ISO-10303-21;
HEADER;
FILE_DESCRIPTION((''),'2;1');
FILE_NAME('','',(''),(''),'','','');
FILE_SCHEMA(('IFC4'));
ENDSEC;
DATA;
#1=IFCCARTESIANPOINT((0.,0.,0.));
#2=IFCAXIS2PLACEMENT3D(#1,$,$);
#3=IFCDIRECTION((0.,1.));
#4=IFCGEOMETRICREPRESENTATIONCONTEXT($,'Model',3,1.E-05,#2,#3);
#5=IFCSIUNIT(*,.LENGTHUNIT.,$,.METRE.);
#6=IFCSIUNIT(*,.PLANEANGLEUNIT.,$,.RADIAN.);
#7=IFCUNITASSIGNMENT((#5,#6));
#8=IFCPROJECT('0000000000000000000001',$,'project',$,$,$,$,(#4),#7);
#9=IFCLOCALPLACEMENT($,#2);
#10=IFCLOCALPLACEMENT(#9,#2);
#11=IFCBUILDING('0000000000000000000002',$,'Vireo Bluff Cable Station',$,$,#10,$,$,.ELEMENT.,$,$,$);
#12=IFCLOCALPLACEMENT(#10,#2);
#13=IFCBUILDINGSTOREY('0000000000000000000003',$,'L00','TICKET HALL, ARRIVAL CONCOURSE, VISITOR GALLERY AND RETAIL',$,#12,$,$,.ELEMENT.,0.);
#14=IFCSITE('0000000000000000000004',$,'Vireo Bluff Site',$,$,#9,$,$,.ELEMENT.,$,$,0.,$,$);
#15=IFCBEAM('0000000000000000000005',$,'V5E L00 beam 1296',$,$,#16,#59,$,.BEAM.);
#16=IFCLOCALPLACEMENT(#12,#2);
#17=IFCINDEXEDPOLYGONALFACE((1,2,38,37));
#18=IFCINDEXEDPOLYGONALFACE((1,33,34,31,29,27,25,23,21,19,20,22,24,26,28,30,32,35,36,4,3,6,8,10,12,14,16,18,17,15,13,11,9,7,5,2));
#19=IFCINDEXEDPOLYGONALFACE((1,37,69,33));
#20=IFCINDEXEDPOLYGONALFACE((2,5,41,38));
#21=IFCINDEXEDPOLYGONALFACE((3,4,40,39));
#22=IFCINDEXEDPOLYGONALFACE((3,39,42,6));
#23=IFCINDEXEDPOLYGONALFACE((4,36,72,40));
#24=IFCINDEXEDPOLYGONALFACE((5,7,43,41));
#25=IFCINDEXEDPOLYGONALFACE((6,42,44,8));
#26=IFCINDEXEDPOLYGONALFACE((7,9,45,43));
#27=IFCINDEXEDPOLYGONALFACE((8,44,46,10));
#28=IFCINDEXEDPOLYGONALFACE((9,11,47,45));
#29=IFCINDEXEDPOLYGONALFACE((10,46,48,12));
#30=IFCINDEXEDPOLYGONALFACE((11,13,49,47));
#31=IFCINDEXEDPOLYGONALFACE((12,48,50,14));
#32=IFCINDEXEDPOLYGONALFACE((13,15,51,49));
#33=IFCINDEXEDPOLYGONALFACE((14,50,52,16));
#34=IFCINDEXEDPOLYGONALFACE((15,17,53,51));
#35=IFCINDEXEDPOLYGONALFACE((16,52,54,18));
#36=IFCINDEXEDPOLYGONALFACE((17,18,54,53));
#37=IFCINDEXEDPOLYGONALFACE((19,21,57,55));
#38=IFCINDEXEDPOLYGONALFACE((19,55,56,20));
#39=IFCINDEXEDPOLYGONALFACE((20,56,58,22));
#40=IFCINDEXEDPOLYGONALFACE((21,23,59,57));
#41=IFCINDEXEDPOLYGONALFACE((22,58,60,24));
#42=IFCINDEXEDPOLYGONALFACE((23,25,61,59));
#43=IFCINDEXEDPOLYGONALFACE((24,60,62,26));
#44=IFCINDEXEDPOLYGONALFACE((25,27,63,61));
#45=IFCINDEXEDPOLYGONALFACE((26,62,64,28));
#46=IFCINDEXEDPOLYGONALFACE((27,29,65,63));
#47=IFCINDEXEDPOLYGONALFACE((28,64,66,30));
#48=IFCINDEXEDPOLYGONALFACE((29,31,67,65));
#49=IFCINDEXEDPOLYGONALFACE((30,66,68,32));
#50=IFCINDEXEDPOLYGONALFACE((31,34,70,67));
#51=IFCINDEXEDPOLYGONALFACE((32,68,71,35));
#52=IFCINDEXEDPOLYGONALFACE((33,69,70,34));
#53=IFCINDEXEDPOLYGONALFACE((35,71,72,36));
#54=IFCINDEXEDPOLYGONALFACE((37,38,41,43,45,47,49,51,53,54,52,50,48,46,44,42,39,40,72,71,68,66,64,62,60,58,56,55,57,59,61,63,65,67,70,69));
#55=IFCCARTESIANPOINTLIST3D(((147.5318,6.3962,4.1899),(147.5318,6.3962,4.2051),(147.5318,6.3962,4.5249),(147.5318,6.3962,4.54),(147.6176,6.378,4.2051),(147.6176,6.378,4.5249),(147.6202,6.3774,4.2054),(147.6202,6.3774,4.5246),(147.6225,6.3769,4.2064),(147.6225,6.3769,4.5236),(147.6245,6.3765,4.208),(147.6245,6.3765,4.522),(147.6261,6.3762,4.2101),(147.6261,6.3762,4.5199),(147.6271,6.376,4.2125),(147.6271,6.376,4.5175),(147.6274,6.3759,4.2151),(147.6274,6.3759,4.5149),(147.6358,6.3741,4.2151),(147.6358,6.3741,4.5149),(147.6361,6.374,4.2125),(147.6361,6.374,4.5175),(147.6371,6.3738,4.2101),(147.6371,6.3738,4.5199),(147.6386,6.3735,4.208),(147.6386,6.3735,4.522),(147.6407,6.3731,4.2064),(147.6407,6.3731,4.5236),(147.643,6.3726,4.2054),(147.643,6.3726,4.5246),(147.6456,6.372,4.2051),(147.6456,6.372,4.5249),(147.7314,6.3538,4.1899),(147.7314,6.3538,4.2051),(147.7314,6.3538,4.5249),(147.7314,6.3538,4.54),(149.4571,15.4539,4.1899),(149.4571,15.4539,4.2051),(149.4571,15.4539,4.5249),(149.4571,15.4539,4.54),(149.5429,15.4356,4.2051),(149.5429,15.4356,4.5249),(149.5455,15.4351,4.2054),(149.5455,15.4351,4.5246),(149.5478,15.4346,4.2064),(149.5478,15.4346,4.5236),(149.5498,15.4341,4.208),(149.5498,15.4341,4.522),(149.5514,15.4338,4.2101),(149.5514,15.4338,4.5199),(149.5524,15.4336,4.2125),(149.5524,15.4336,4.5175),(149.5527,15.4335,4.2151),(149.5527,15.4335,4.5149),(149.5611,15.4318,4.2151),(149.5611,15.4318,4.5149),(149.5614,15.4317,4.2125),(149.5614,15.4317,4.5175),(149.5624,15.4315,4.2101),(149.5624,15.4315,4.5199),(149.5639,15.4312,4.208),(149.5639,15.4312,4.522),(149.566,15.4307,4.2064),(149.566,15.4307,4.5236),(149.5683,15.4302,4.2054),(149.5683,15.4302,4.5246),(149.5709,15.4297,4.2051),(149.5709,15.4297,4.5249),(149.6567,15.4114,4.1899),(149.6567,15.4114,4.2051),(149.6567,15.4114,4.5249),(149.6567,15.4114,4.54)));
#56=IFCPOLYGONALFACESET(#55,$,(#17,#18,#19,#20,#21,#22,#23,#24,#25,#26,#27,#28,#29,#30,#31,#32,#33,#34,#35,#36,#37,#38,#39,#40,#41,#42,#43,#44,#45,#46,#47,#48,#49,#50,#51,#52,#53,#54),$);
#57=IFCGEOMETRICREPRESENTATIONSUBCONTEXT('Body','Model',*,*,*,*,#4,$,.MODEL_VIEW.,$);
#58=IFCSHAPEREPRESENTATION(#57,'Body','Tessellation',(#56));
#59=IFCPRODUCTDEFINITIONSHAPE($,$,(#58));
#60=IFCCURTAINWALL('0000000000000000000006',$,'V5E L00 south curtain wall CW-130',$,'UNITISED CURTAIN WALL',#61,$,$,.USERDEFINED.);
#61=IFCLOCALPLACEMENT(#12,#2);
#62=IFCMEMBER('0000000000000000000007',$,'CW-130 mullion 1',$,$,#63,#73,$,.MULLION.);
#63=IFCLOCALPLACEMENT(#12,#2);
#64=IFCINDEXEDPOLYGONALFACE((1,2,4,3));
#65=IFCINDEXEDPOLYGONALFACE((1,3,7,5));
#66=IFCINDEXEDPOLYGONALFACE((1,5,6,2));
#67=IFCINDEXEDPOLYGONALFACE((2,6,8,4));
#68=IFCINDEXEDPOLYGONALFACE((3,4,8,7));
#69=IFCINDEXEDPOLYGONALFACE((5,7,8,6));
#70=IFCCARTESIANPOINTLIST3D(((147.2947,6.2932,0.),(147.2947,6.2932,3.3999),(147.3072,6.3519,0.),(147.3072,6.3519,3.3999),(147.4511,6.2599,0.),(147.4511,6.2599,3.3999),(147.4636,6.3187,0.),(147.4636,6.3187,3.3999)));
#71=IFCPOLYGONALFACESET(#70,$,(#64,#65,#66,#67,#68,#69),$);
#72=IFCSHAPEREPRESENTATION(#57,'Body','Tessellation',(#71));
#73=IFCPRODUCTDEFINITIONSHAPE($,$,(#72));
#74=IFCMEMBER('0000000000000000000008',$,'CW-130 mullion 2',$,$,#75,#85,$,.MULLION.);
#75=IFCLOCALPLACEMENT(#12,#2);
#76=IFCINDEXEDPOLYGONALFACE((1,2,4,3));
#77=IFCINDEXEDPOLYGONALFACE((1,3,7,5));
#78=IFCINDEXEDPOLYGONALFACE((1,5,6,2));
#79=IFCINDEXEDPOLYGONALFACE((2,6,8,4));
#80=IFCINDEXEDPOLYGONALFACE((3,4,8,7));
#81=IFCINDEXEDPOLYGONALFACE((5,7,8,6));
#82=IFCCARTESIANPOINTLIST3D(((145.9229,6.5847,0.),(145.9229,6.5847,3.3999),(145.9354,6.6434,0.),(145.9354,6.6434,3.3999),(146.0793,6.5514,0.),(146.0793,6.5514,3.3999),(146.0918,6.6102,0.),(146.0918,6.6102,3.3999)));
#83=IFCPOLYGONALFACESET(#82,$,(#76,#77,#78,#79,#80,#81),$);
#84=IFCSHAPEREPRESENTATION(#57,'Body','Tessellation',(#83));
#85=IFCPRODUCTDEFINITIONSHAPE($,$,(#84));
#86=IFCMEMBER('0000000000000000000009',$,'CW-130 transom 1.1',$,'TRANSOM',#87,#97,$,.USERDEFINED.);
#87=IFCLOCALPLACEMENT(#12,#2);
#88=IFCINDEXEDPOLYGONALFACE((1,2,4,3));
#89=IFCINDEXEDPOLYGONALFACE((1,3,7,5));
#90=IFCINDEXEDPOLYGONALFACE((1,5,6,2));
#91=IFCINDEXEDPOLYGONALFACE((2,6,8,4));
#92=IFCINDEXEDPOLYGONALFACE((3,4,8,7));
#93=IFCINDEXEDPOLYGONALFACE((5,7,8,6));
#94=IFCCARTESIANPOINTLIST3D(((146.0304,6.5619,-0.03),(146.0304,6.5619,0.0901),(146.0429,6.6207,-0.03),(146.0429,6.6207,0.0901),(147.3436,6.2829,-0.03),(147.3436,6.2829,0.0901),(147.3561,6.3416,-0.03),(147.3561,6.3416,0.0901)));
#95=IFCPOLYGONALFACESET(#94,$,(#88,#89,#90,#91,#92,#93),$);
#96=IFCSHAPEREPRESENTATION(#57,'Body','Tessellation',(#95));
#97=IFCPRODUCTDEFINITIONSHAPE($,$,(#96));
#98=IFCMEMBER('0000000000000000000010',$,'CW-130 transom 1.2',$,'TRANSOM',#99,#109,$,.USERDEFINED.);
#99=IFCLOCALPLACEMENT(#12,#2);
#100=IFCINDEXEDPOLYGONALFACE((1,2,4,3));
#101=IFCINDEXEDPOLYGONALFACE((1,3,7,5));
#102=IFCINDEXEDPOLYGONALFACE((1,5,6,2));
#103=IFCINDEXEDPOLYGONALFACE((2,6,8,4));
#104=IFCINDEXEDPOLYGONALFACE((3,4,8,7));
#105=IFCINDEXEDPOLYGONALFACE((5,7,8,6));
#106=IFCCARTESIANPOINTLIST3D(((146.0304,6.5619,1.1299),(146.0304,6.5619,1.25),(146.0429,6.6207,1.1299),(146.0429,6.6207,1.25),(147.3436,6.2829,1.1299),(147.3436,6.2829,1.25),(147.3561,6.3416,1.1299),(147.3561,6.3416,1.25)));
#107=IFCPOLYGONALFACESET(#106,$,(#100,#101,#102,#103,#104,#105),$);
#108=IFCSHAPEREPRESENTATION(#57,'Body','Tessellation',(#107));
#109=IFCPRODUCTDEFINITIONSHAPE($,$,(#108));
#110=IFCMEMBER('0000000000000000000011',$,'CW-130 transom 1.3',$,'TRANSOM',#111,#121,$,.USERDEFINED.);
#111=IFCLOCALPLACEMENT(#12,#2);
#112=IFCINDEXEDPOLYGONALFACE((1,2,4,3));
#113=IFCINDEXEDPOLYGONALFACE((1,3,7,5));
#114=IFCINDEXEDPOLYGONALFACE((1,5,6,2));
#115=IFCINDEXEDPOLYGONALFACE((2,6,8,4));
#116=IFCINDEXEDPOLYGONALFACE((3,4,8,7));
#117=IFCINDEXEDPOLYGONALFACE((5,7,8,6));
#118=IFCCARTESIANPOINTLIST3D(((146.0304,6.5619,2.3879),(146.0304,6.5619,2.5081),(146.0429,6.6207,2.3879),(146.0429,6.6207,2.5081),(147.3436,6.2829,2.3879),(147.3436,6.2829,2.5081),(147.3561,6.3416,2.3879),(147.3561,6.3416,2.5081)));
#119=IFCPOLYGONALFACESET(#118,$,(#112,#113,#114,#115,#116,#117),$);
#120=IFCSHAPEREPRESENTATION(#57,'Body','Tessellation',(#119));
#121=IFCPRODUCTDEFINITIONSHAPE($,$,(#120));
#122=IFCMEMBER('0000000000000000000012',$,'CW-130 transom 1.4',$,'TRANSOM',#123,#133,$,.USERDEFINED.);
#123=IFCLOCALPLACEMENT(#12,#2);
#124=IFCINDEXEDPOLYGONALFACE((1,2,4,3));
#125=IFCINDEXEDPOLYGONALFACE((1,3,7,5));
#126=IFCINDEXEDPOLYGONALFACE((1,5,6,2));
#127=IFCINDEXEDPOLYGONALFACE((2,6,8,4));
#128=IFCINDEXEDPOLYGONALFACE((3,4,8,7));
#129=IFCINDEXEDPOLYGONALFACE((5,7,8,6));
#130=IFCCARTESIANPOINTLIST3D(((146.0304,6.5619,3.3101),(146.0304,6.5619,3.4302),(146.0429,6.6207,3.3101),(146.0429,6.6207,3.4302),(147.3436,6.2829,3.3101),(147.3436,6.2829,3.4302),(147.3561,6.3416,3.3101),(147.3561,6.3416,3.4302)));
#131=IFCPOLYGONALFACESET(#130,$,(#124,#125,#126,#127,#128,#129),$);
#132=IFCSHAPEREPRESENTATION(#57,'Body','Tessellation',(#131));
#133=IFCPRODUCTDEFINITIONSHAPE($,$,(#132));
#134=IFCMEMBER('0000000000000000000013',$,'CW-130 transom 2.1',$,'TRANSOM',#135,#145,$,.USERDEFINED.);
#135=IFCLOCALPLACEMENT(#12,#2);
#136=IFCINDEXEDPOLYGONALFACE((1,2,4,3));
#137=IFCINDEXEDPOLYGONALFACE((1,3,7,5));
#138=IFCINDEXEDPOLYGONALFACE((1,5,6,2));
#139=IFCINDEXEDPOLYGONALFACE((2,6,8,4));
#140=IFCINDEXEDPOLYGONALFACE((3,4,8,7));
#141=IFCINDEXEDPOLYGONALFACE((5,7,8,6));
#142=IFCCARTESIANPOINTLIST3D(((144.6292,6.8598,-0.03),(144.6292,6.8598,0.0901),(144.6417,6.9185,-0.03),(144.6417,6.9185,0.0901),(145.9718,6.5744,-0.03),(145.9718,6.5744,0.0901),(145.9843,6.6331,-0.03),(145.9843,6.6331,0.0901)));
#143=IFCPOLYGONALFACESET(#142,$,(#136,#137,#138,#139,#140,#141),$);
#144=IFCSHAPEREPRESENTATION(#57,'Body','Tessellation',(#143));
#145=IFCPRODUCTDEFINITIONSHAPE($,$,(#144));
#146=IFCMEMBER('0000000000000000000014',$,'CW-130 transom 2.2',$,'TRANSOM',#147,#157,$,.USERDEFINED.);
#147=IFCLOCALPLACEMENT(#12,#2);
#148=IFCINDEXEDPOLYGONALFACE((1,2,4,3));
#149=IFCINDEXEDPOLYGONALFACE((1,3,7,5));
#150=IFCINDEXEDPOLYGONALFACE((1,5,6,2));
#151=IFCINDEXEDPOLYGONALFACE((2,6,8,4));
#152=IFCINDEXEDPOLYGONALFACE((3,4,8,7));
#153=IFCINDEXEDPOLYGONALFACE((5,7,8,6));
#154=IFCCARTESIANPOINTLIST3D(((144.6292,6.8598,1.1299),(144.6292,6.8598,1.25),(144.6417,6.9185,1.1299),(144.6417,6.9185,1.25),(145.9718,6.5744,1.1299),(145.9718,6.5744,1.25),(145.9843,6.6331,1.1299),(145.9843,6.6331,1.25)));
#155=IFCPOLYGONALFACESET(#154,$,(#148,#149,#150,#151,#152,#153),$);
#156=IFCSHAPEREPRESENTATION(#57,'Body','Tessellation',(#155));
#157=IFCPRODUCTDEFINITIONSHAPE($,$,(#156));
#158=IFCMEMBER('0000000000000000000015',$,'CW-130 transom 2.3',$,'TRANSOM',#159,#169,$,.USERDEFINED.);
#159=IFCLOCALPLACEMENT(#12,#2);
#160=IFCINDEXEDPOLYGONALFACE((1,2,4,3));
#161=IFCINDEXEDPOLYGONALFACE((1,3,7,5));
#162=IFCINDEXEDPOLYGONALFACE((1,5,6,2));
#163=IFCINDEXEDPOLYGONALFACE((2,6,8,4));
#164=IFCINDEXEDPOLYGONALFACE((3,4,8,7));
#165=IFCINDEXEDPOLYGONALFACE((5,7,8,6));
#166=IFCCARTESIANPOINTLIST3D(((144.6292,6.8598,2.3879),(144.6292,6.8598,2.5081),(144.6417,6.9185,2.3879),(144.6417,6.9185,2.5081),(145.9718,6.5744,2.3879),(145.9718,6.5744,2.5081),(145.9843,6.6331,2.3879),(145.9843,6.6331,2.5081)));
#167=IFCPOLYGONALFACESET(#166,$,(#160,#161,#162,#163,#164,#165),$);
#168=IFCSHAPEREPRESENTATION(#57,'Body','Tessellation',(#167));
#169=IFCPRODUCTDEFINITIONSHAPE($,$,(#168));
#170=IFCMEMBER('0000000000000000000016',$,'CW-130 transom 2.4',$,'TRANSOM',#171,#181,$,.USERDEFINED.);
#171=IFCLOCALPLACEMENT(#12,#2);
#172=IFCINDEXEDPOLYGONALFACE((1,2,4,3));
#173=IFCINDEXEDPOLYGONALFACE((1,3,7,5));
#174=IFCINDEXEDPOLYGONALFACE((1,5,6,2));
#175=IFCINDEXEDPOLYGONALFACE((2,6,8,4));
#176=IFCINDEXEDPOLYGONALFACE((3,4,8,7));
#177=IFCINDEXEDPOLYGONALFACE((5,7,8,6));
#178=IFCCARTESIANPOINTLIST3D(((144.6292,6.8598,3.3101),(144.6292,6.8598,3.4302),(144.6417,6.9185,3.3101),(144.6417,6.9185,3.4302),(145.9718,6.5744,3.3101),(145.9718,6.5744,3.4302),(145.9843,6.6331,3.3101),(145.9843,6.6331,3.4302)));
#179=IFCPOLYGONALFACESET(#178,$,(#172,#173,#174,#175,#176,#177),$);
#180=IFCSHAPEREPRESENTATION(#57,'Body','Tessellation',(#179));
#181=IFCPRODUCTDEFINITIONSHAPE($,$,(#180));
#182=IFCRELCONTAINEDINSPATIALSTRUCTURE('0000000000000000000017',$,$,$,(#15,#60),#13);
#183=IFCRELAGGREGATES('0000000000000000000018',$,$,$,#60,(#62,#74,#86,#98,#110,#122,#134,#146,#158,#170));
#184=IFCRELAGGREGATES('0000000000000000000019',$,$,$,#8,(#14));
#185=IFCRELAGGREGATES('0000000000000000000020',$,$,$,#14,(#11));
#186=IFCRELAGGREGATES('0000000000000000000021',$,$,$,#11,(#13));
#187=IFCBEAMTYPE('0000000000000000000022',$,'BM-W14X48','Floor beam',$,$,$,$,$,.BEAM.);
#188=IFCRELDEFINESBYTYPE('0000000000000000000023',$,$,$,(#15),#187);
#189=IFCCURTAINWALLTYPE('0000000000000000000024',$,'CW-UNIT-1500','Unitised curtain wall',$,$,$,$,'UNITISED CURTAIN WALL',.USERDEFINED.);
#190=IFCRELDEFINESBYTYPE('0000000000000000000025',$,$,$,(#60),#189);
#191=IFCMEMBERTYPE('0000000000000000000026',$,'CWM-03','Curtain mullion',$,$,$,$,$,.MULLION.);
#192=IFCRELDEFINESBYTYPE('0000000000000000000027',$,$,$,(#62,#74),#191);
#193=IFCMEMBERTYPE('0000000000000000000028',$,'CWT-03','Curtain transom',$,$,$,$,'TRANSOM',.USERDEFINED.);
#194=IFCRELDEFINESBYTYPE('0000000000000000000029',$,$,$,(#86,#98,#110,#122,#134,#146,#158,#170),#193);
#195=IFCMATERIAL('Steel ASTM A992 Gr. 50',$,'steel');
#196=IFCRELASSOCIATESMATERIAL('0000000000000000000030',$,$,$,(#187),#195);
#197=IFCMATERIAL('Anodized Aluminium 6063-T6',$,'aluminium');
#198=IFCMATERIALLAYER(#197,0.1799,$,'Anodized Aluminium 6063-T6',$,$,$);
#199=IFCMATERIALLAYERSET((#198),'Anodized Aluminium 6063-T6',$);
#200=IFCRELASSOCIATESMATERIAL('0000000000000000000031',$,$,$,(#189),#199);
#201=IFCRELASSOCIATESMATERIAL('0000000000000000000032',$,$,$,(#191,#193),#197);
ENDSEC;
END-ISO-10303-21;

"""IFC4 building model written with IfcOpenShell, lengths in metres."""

from ifc_helpers import new_model, si_unit, direction, frame, origin, origin_2d, place, context, subcontext, project, spatial, rectangle, i_section, extrude, material, layer, layer_set, material_profile, profile_set, type_object, element, aggregate, save


model = new_model("IFC4")

# Units and contexts
model_context = context("Model", 3, precision=1e-05, world=origin(), true_north=direction((0.0, 1.0)))
body_context = subcontext(model_context, "Body", "Model", "MODEL_VIEW")
ifc_project = project(units=[si_unit("LENGTHUNIT", "METRE"), si_unit("PLANEANGLEUNIT", "RADIAN")], contexts=[model_context])

# Site, building, storey
site_placement = place(None, origin())
site = spatial("IfcSite", under=ifc_project, at=site_placement, Name="Vireo Bluff Site", CompositionType="ELEMENT", RefElevation=0.0)
building_placement = place(site_placement, origin())
building = spatial("IfcBuilding", under=site, at=building_placement, Name="Vireo Bluff Cable Station", CompositionType="ELEMENT")
storey_placement = place(building_placement, origin())
storey = spatial("IfcBuildingStorey", under=building, at=storey_placement, Name="L00", Description="TICKET HALL, ARRIVAL CONCOURSE, VISITOR GALLERY AND RETAIL", CompositionType="ELEMENT", Elevation=0.0)

# Shared definitions
ifc_material_1 = material(Name="Steel ASTM A992 Gr. 50", Category="steel")

# Beam
ifc_material_profile_1 = material_profile(ifc_material_1, i_section(OverallWidth=0.2041, OverallDepth=0.3501, WebThickness=0.0085, FlangeThickness=0.0151, FilletRadius=0.01, at=origin_2d()), Name="W14X48")
ifc_profile_set_1 = profile_set([ifc_material_profile_1], Name="Steel ASTM A992 Gr. 50")
beam_type_1 = type_object("IfcBeamType", Name="BM-W14X48", Description="Floor beam", PredefinedType="BEAM", material=ifc_profile_set_1)
beam_1_placement = place(storey_placement, frame((147.6316, 6.375, 4.365), z_axis=(0.207916, 0.978147, 0.0), x_axis=(-0.978147, 0.207916, 0.0)))
element("IfcBeam", 1, at=beam_1_placement, inside=storey, type_object=beam_type_1, Name="V5E L00 beam 1296", PredefinedType="BEAM", context=body_context, shape_type="SweptSolid", body=[
    extrude(i_section(OverallWidth=0.2041, OverallDepth=0.3501, WebThickness=0.0085, FlangeThickness=0.0151, FilletRadius=0.01, at=origin_2d()), origin(), (0.0, 0.0, 1.0), 9.26),
])

# Curtain wall, members
ifc_material_2 = material(Name="Anodized Aluminium 6063-T6", Category="aluminium")
ifc_layer_1 = layer(ifc_material_2, 0.1799, Name="Anodized Aluminium 6063-T6")
ifc_layer_set_1 = layer_set([ifc_layer_1], Name="Anodized Aluminium 6063-T6")
curtain_wall_type = type_object("IfcCurtainWallType", Name="CW-UNIT-1500", Description="Unitised curtain wall", ElementType="UNITISED CURTAIN WALL", PredefinedType="USERDEFINED", material=ifc_layer_set_1)
curtain_wall_placement = place(storey_placement, origin())
curtain_wall = element("IfcCurtainWall", 2, at=curtain_wall_placement, inside=storey, type_object=curtain_wall_type, Name="V5E L00 south curtain wall CW-130", ObjectType="UNITISED CURTAIN WALL", PredefinedType="USERDEFINED")
ifc_material_profile_2 = material_profile(ifc_material_2, rectangle(XDim=0.0601, YDim=0.1599, at=origin_2d()), Name="ALU-M-60X160")
ifc_profile_set_2 = profile_set([ifc_material_profile_2], Name="Anodized Aluminium 6063-T6")
member_type_1 = type_object("IfcMemberType", Name="CWM-03", Description="Curtain mullion", PredefinedType="MULLION", material=ifc_profile_set_2)
member_1_placement = place(storey_placement, frame((147.3792, 6.3059, 0.0), z_axis=(0.0, 0.0, 1.0), x_axis=(-0.207912, -0.978148, 0.0)))
member_1 = element("IfcMember", 3, at=member_1_placement, type_object=member_type_1, Name="CW-130 mullion 1", PredefinedType="MULLION", context=body_context, shape_type="SweptSolid", body=[
    extrude(rectangle(XDim=0.0601, YDim=0.1599, at=origin_2d()), origin(), (0.0, 0.0, 1.0), 3.3999),
])
member_2_placement = place(storey_placement, frame((146.0073, 6.5974, 0.0), z_axis=(0.0, 0.0, 1.0), x_axis=(-0.207912, -0.978148, 0.0)))
member_2 = element("IfcMember", 4, at=member_2_placement, type_object=member_type_1, Name="CW-130 mullion 2", PredefinedType="MULLION", context=body_context, shape_type="SweptSolid", body=[
    extrude(rectangle(XDim=0.0601, YDim=0.1599, at=origin_2d()), origin(), (0.0, 0.0, 1.0), 3.3999),
])
ifc_material_profile_3 = material_profile(ifc_material_2, rectangle(XDim=0.0601, YDim=0.1201, at=origin_2d()), Name="ALU-T-60X120")
ifc_profile_set_3 = profile_set([ifc_material_profile_3], Name="Anodized Aluminium 6063-T6")
member_type_2 = type_object("IfcMemberType", Name="CWT-03", Description="Curtain transom", ElementType="TRANSOM", PredefinedType="USERDEFINED", material=ifc_profile_set_3)
member_3_placement = place(storey_placement, frame((147.3499, 6.3123, 0.03), z_axis=(-0.97816, 0.207852, 0.0), x_axis=(-0.207852, -0.97816, 0.0)))
member_3 = element("IfcMember", 5, at=member_3_placement, type_object=member_type_2, Name="CW-130 transom 1.1", ObjectType="TRANSOM", PredefinedType="USERDEFINED", context=body_context, shape_type="SweptSolid", body=[
    extrude(rectangle(XDim=0.0601, YDim=0.1201, at=origin_2d()), origin(), (0.0, 0.0, 1.0), 1.3425),
])
member_4_placement = place(storey_placement, frame((147.3499, 6.3123, 1.1899), z_axis=(-0.97816, 0.207852, 0.0), x_axis=(-0.207852, -0.97816, 0.0)))
member_4 = element("IfcMember", 6, at=member_4_placement, type_object=member_type_2, Name="CW-130 transom 1.2", ObjectType="TRANSOM", PredefinedType="USERDEFINED", context=body_context, shape_type="SweptSolid", body=[
    extrude(rectangle(XDim=0.0601, YDim=0.1201, at=origin_2d()), origin(), (0.0, 0.0, 1.0), 1.3425),
])
member_5_placement = place(storey_placement, frame((147.3499, 6.3123, 2.448), z_axis=(-0.97816, 0.207852, 0.0), x_axis=(-0.207852, -0.97816, 0.0)))
member_5 = element("IfcMember", 7, at=member_5_placement, type_object=member_type_2, Name="CW-130 transom 1.3", ObjectType="TRANSOM", PredefinedType="USERDEFINED", context=body_context, shape_type="SweptSolid", body=[
    extrude(rectangle(XDim=0.0601, YDim=0.1201, at=origin_2d()), origin(), (0.0, 0.0, 1.0), 1.3425),
])
member_6_placement = place(storey_placement, frame((147.3499, 6.3123, 3.3701), z_axis=(-0.97816, 0.207852, 0.0), x_axis=(-0.207852, -0.97816, 0.0)))
member_6 = element("IfcMember", 8, at=member_6_placement, type_object=member_type_2, Name="CW-130 transom 1.4", ObjectType="TRANSOM", PredefinedType="USERDEFINED", context=body_context, shape_type="SweptSolid", body=[
    extrude(rectangle(XDim=0.0601, YDim=0.1201, at=origin_2d()), origin(), (0.0, 0.0, 1.0), 1.3425),
])
member_7_placement = place(storey_placement, frame((145.978, 6.6038, 0.03), z_axis=(-0.978142, 0.207937, 0.0), x_axis=(-0.207937, -0.978142, 0.0)))
member_7 = element("IfcMember", 9, at=member_7_placement, type_object=member_type_2, Name="CW-130 transom 2.1", ObjectType="TRANSOM", PredefinedType="USERDEFINED", context=body_context, shape_type="SweptSolid", body=[
    extrude(rectangle(XDim=0.0601, YDim=0.1201, at=origin_2d()), origin(), (0.0, 0.0, 1.0), 1.3726),
])
member_8_placement = place(storey_placement, frame((145.978, 6.6038, 1.1899), z_axis=(-0.978142, 0.207937, 0.0), x_axis=(-0.207937, -0.978142, 0.0)))
member_8 = element("IfcMember", 10, at=member_8_placement, type_object=member_type_2, Name="CW-130 transom 2.2", ObjectType="TRANSOM", PredefinedType="USERDEFINED", context=body_context, shape_type="SweptSolid", body=[
    extrude(rectangle(XDim=0.0601, YDim=0.1201, at=origin_2d()), origin(), (0.0, 0.0, 1.0), 1.3726),
])
member_9_placement = place(storey_placement, frame((145.978, 6.6038, 2.448), z_axis=(-0.978142, 0.207937, 0.0), x_axis=(-0.207937, -0.978142, 0.0)))
member_9 = element("IfcMember", 11, at=member_9_placement, type_object=member_type_2, Name="CW-130 transom 2.3", ObjectType="TRANSOM", PredefinedType="USERDEFINED", context=body_context, shape_type="SweptSolid", body=[
    extrude(rectangle(XDim=0.0601, YDim=0.1201, at=origin_2d()), origin(), (0.0, 0.0, 1.0), 1.3726),
])
member_10_placement = place(storey_placement, frame((145.978, 6.6038, 3.3701), z_axis=(-0.978142, 0.207937, 0.0), x_axis=(-0.207937, -0.978142, 0.0)))
member_10 = element("IfcMember", 12, at=member_10_placement, type_object=member_type_2, Name="CW-130 transom 2.4", ObjectType="TRANSOM", PredefinedType="USERDEFINED", context=body_context, shape_type="SweptSolid", body=[
    extrude(rectangle(XDim=0.0601, YDim=0.1201, at=origin_2d()), origin(), (0.0, 0.0, 1.0), 1.3726),
])

aggregate(curtain_wall, [member_1, member_2, member_3, member_4, member_5, member_6, member_7, member_8, member_9, member_10])

save(model, "model.ifc")
